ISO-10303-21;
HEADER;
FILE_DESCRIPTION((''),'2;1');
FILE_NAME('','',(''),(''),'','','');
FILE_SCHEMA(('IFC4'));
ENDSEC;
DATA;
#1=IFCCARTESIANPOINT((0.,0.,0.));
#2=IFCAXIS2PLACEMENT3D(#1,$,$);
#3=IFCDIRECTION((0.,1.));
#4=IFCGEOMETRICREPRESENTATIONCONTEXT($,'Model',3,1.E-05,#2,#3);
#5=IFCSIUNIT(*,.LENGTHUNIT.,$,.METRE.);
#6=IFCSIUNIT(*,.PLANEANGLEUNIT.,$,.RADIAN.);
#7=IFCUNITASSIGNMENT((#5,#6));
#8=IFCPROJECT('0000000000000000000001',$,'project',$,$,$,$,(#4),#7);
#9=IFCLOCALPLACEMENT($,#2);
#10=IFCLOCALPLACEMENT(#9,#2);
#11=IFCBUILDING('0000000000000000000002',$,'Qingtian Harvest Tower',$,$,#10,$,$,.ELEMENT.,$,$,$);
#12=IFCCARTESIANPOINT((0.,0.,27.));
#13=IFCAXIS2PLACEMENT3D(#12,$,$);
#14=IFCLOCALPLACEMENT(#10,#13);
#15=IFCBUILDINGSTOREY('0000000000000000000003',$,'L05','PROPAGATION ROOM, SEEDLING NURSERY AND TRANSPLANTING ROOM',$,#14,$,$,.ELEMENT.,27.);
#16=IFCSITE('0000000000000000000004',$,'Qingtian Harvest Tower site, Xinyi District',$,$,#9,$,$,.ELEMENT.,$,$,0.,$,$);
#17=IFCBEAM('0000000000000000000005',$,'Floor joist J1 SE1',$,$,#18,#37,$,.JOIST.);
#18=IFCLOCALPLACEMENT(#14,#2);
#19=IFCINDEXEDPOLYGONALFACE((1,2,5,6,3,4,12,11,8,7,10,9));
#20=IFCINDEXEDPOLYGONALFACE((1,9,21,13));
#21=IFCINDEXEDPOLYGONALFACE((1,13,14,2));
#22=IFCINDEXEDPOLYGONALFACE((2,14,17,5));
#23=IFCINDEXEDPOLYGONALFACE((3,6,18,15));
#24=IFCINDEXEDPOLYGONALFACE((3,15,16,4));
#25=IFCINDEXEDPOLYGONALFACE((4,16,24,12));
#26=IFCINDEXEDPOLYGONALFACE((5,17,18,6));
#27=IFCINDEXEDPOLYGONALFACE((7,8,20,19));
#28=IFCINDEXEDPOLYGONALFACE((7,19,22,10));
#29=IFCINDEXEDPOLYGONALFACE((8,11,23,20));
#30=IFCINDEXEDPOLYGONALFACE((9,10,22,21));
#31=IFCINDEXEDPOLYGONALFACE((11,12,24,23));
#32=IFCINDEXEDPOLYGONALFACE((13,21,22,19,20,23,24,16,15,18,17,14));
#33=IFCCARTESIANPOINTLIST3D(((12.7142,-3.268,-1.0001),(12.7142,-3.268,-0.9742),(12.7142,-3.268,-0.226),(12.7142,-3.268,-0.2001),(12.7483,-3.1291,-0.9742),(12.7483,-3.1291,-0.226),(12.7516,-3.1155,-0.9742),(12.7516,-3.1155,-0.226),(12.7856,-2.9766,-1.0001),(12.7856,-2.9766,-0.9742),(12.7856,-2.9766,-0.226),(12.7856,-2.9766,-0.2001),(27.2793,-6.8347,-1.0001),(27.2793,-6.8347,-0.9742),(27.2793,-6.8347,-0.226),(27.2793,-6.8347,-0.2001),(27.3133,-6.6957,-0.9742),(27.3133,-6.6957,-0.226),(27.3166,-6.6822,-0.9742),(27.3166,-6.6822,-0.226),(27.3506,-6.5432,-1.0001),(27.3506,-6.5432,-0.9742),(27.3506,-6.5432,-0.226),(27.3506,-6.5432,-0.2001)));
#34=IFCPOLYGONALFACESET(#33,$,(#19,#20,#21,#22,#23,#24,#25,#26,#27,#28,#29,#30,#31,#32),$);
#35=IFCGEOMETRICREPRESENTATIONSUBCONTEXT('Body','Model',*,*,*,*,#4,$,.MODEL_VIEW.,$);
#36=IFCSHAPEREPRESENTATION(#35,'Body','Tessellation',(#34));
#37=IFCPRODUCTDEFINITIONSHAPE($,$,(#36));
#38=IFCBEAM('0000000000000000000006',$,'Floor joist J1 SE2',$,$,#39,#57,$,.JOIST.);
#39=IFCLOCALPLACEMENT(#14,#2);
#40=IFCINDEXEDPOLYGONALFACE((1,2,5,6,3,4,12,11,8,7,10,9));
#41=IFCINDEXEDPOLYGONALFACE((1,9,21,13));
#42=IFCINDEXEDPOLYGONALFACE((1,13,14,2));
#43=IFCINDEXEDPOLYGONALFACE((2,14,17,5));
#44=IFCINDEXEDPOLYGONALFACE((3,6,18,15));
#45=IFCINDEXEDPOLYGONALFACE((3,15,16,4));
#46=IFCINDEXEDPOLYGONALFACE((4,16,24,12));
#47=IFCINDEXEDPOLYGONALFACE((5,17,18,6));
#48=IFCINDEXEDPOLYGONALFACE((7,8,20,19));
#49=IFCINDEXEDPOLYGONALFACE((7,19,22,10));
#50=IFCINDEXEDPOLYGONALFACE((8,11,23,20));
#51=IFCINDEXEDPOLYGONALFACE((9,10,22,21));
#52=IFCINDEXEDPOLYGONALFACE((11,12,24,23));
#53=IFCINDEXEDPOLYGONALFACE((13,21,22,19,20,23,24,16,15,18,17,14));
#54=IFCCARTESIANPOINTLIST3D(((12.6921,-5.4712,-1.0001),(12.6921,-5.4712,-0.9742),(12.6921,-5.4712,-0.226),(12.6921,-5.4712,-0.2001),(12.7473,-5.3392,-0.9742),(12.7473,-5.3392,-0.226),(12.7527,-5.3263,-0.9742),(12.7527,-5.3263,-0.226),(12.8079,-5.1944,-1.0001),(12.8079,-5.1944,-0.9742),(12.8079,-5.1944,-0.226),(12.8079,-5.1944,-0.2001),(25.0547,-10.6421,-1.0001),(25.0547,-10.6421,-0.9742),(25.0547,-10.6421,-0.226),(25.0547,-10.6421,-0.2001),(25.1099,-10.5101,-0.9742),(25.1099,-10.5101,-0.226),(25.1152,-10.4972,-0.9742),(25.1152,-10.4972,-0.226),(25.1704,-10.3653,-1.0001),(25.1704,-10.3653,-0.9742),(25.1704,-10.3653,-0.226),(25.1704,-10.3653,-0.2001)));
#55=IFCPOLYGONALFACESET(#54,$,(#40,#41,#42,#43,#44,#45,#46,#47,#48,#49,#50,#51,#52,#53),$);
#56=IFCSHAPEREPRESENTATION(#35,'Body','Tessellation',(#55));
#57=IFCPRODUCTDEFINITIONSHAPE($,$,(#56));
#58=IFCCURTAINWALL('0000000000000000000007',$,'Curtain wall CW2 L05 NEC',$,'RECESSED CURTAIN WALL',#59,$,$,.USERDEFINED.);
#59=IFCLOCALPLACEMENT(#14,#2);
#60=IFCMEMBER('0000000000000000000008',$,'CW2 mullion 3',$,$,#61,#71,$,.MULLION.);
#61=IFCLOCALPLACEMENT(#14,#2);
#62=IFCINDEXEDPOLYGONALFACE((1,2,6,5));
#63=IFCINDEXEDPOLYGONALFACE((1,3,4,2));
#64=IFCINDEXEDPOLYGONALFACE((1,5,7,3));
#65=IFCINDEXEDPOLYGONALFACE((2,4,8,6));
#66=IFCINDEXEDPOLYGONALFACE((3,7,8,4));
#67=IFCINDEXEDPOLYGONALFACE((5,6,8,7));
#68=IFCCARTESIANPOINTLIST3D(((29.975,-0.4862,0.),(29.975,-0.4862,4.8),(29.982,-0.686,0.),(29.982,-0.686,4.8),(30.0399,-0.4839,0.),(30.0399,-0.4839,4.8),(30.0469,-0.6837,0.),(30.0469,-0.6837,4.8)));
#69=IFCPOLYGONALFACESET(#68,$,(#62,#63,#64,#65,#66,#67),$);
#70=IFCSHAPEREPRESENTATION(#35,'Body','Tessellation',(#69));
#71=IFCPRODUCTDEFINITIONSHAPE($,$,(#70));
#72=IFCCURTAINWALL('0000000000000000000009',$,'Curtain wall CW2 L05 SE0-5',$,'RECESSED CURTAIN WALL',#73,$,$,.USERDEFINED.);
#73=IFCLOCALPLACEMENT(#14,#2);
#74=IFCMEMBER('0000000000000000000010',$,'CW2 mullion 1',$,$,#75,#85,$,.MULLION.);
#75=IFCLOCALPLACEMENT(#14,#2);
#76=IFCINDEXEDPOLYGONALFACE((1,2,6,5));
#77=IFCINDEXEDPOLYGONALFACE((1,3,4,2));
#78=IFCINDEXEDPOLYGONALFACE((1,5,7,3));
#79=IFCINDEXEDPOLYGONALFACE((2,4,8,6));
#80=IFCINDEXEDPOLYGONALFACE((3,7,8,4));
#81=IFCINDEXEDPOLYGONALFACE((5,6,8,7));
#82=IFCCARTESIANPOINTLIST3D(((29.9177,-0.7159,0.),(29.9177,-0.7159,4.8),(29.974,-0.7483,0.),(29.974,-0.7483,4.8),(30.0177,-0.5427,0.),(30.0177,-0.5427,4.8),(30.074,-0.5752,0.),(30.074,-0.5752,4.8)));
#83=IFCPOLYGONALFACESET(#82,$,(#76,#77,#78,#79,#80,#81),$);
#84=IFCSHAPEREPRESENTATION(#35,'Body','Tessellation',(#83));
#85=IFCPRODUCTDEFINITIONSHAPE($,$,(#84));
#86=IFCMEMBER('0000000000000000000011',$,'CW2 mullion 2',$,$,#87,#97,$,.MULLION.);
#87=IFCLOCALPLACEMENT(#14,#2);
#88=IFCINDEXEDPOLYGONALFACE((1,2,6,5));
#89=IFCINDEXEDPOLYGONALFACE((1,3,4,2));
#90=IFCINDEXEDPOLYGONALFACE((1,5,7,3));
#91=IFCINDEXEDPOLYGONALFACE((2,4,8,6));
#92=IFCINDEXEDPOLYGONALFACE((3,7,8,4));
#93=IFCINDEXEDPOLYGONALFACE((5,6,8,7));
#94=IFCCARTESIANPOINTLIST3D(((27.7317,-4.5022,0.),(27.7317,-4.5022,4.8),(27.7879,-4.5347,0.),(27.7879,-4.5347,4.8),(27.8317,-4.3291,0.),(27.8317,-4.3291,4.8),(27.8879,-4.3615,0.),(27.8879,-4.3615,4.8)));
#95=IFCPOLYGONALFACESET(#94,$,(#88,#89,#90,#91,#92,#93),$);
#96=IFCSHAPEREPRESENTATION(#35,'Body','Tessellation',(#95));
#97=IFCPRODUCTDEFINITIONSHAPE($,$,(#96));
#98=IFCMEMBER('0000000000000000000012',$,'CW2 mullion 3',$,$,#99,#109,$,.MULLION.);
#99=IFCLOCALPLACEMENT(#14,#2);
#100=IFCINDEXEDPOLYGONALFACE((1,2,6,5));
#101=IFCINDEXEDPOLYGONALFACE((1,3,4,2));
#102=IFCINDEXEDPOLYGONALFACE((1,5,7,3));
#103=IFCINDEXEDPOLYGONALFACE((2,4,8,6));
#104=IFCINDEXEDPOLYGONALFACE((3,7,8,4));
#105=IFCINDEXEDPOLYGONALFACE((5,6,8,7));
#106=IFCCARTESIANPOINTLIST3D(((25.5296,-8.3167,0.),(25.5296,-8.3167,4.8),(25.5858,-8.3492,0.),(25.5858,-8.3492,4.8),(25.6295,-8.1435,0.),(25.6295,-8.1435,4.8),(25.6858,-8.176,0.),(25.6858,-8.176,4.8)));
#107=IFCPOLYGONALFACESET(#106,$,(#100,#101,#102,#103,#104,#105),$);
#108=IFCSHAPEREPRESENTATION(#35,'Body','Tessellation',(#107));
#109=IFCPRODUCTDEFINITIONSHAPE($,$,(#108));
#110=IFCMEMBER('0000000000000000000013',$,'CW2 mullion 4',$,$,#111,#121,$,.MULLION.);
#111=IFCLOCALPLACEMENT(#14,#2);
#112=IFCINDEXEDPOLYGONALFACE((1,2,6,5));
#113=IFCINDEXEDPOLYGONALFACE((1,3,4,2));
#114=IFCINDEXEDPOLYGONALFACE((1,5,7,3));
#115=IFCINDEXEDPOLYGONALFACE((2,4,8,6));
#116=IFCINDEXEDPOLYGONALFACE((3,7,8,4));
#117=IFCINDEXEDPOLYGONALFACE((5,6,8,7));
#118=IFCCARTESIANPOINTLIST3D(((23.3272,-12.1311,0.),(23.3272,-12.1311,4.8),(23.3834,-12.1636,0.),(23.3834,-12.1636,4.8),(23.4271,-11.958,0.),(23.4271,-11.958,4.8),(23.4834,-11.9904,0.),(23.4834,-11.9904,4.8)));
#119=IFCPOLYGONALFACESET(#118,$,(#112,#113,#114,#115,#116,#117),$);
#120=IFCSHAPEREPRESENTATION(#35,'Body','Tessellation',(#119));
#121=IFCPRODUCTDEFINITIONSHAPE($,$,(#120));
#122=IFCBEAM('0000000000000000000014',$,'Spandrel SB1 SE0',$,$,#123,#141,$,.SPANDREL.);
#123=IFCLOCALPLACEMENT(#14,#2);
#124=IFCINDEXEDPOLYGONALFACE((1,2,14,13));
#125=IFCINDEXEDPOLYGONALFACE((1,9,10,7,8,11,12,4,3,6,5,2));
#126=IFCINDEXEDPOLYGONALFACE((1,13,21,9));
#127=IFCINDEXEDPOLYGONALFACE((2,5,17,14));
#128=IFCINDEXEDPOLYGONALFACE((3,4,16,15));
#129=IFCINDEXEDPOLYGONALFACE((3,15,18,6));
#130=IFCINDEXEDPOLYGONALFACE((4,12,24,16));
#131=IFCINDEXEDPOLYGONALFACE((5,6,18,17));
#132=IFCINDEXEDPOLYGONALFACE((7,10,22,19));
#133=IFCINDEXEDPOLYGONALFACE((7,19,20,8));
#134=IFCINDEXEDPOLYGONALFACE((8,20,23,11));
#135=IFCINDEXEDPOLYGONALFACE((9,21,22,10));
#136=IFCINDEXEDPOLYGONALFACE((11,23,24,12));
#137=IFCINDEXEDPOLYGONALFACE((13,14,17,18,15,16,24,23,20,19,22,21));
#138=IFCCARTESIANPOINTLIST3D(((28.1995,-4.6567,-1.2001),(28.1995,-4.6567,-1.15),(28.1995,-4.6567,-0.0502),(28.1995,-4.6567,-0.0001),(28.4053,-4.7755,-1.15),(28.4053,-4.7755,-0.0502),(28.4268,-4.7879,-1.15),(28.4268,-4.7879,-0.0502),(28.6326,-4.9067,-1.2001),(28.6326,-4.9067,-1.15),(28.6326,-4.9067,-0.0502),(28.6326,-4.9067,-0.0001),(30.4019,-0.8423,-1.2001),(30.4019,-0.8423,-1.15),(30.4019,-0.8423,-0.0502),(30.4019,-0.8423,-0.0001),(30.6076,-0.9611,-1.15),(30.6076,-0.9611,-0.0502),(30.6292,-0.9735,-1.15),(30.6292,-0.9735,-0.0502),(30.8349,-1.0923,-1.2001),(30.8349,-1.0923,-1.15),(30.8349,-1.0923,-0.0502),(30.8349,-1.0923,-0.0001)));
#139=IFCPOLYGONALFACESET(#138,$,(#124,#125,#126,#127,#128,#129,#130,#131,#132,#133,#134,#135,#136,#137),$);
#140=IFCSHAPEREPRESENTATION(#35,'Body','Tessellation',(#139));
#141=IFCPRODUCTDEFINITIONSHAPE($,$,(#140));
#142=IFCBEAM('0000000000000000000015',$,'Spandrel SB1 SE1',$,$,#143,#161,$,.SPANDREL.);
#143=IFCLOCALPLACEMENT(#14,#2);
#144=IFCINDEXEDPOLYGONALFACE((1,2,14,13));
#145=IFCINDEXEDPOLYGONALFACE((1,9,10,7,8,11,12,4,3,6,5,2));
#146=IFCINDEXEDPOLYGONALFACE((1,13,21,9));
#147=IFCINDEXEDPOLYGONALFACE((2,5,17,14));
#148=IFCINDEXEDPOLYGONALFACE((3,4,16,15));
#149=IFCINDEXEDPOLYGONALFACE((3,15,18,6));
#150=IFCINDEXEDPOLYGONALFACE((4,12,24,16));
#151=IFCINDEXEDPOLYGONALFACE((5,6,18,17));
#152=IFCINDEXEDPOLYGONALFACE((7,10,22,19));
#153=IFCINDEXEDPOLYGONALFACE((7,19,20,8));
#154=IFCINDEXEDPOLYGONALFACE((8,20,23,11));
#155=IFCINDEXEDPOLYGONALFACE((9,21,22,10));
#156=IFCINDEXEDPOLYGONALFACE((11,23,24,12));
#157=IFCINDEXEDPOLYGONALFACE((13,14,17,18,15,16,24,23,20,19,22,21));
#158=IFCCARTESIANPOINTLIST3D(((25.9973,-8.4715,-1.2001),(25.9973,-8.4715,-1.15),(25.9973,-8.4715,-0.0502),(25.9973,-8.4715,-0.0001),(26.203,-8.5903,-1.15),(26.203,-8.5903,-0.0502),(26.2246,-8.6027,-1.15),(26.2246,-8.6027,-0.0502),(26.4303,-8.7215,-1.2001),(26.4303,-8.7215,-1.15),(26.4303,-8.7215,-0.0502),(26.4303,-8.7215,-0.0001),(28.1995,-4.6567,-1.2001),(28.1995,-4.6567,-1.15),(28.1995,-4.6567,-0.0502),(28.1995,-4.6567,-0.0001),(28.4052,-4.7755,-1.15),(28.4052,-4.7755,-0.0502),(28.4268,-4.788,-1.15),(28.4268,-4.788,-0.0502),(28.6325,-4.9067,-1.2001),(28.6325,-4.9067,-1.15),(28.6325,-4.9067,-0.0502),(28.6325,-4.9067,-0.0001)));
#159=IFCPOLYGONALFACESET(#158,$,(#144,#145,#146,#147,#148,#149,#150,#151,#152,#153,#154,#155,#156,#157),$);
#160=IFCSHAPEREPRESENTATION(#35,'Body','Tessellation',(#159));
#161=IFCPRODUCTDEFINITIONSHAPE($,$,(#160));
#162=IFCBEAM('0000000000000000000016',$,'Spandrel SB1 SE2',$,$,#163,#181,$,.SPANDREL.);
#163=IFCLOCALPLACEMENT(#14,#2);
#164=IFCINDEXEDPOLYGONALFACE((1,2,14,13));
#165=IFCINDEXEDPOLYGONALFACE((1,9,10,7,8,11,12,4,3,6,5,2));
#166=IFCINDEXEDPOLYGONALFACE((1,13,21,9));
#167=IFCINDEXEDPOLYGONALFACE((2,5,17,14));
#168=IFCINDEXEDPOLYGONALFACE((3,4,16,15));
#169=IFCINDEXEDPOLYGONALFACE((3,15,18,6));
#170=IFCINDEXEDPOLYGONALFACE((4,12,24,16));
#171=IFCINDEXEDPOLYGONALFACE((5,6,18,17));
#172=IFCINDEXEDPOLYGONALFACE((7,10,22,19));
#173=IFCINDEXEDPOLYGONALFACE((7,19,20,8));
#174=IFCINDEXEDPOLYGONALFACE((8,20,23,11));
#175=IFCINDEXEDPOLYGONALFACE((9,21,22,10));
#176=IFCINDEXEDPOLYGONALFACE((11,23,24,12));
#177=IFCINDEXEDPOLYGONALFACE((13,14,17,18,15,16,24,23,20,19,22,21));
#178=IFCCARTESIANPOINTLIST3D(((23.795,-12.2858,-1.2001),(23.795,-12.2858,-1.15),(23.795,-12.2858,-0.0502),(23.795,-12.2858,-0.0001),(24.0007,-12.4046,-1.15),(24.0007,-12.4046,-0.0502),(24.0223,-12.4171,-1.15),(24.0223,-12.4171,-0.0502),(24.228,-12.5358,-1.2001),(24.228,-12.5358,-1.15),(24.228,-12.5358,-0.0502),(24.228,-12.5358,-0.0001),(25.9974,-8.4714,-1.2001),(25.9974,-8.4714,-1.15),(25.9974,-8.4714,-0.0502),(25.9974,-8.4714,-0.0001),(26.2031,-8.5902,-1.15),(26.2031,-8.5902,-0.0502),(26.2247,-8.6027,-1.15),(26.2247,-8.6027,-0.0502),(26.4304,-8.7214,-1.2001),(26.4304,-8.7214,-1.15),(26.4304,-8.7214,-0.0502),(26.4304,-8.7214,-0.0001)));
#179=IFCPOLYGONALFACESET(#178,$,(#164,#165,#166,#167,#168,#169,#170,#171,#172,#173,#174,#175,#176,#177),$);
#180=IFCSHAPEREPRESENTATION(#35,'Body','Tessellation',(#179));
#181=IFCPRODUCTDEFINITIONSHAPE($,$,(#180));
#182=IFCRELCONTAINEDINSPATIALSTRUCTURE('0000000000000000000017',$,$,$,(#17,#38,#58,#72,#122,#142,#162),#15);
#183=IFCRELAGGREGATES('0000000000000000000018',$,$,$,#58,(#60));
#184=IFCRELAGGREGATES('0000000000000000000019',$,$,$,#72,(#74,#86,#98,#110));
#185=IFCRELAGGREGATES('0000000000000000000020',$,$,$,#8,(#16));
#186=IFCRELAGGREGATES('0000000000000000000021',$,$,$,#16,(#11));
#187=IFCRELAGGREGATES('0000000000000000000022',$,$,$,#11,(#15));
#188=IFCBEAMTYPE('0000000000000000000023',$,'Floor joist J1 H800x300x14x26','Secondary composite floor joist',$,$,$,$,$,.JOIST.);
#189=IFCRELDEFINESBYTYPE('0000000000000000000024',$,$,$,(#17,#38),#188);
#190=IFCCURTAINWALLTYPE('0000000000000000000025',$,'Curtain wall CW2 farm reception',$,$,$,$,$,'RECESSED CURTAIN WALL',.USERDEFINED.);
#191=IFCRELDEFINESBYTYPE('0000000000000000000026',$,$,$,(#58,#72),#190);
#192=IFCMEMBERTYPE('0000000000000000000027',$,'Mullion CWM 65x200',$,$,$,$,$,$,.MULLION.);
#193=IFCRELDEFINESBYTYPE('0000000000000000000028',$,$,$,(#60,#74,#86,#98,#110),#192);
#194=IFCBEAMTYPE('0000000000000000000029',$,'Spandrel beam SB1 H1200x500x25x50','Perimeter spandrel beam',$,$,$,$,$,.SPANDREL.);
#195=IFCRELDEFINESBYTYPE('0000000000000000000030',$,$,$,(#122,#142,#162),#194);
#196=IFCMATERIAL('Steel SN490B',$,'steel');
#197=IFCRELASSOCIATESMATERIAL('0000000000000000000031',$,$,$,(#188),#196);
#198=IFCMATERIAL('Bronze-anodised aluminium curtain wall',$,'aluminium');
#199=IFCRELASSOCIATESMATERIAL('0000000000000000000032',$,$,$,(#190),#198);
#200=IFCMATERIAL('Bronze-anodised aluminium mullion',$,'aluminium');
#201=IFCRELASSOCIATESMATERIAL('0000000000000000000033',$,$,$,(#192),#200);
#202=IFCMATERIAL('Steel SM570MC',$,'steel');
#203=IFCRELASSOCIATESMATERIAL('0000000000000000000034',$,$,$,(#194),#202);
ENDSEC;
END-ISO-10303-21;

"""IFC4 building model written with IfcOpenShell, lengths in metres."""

from ifc_helpers import new_model, si_unit, direction, frame, origin, origin_2d, place, context, subcontext, project, spatial, rectangle, i_section, extrude, material, material_profile, profile_set, type_object, element, aggregate, save


model = new_model("IFC4")

# Units and contexts
model_context = context("Model", 3, precision=1e-05, world=origin(), true_north=direction((0.0, 1.0)))
body_context = subcontext(model_context, "Body", "Model", "MODEL_VIEW")
ifc_project = project(units=[si_unit("LENGTHUNIT", "METRE"), si_unit("PLANEANGLEUNIT", "RADIAN")], contexts=[model_context])

# Site, building, storey
site_placement = place(None, origin())
site = spatial("IfcSite", under=ifc_project, at=site_placement, Name="Qingtian Harvest Tower site, Xinyi District", CompositionType="ELEMENT", RefElevation=0.0)
building_placement = place(site_placement, origin())
building = spatial("IfcBuilding", under=site, at=building_placement, Name="Qingtian Harvest Tower", CompositionType="ELEMENT")
storey_placement = place(building_placement, frame((0.0, 0.0, 27.0)))
storey = spatial("IfcBuildingStorey", under=building, at=storey_placement, Name="L05", Description="PROPAGATION ROOM, SEEDLING NURSERY AND TRANSPLANTING ROOM", CompositionType="ELEMENT", Elevation=27.0)

# Beams
ifc_material_1 = material(Name="Steel SN490B", Category="steel")
ifc_material_profile_1 = material_profile(ifc_material_1, i_section(OverallWidth=0.3, OverallDepth=0.8, WebThickness=0.0139, FlangeThickness=0.0259, at=origin_2d()), Name="H800x300x14x26")
ifc_profile_set_1 = profile_set([ifc_material_profile_1], Name="Steel SN490B")
beam_type_1 = type_object("IfcBeamType", Name="Floor joist J1 H800x300x14x26", Description="Secondary composite floor joist", PredefinedType="JOIST", material=ifc_profile_set_1)
beam_1_placement = place(storey_placement, frame((27.3149, -6.689, -0.6001), z_axis=(-0.971302, 0.237851, 0.0), x_axis=(-0.237851, -0.971302, 0.0)))
element("IfcBeam", 1, at=beam_1_placement, inside=storey, type_object=beam_type_1, Name="Floor joist J1 SE1", PredefinedType="JOIST", context=body_context, shape_type="SweptSolid", body=[
    extrude(i_section(OverallWidth=0.3, OverallDepth=0.8, WebThickness=0.0139, FlangeThickness=0.0259, at=origin_2d()), origin(), (0.0, 0.0, 1.0), 14.9954),
])
beam_2_placement = place(storey_placement, frame((25.1125, -10.5037, -0.6001), z_axis=(-0.922551, 0.385876, 0.0), x_axis=(-0.385876, -0.922551, 0.0)))
element("IfcBeam", 2, at=beam_2_placement, inside=storey, type_object=beam_type_1, Name="Floor joist J1 SE2", PredefinedType="JOIST", context=body_context, shape_type="SweptSolid", body=[
    extrude(i_section(OverallWidth=0.3, OverallDepth=0.8, WebThickness=0.0139, FlangeThickness=0.0259, at=origin_2d()), origin(), (0.0, 0.0, 1.0), 13.4004),
])

# Curtain wall, member
ifc_material_2 = material(Name="Bronze-anodised aluminium curtain wall", Category="aluminium")
curtain_wall_type = type_object("IfcCurtainWallType", Name="Curtain wall CW2 farm reception", ElementType="RECESSED CURTAIN WALL", PredefinedType="USERDEFINED", material=ifc_material_2)
curtain_wall_1_placement = place(storey_placement, origin())
curtain_wall_1 = element("IfcCurtainWall", 3, at=curtain_wall_1_placement, inside=storey, type_object=curtain_wall_type, Name="Curtain wall CW2 L05 NEC", ObjectType="RECESSED CURTAIN WALL", PredefinedType="USERDEFINED")
ifc_material_3 = material(Name="Bronze-anodised aluminium mullion", Category="aluminium")
ifc_material_profile_2 = material_profile(ifc_material_3, rectangle(XDim=0.0649, YDim=0.2, at=origin_2d()), Name="AL 65x200")
ifc_profile_set_2 = profile_set([ifc_material_profile_2], Name="Bronze-anodised aluminium mullion")
member_type_1 = type_object("IfcMemberType", Name="Mullion CWM 65x200", PredefinedType="MULLION", material=ifc_profile_set_2)
member_1_placement = place(storey_placement, frame((30.011, -0.585, 0.0), z_axis=(0.0, 0.0, 1.0), x_axis=(0.999391, 0.034899, 0.0)))
member_1 = element("IfcMember", 4, at=member_1_placement, type_object=member_type_1, Name="CW2 mullion 3", PredefinedType="MULLION", context=body_context, shape_type="SweptSolid", body=[
    extrude(rectangle(XDim=0.0649, YDim=0.2, at=origin_2d()), origin(), (0.0, 0.0, 1.0), 4.8),
])
aggregate(curtain_wall_1, [member_1])

# Curtain wall, members
curtain_wall_2_placement = place(storey_placement, origin())
curtain_wall_2 = element("IfcCurtainWall", 5, at=curtain_wall_2_placement, inside=storey, type_object=curtain_wall_type, Name="Curtain wall CW2 L05 SE0-5", ObjectType="RECESSED CURTAIN WALL", PredefinedType="USERDEFINED")
member_2_placement = place(storey_placement, frame((29.9958, -0.6455, 0.0), z_axis=(0.0, 0.0, 1.0), x_axis=(0.866025, -0.5, 0.0)))
member_2 = element("IfcMember", 6, at=member_2_placement, type_object=member_type_1, Name="CW2 mullion 1", PredefinedType="MULLION", context=body_context, shape_type="SweptSolid", body=[
    extrude(rectangle(XDim=0.0649, YDim=0.2, at=origin_2d()), origin(), (0.0, 0.0, 1.0), 4.8),
])
member_3_placement = place(storey_placement, frame((27.8098, -4.4319, 0.0), z_axis=(0.0, 0.0, 1.0), x_axis=(0.866025, -0.5, 0.0)))
member_3 = element("IfcMember", 7, at=member_3_placement, type_object=member_type_1, Name="CW2 mullion 2", PredefinedType="MULLION", context=body_context, shape_type="SweptSolid", body=[
    extrude(rectangle(XDim=0.0649, YDim=0.2, at=origin_2d()), origin(), (0.0, 0.0, 1.0), 4.8),
])
member_4_placement = place(storey_placement, frame((25.6077, -8.2463, 0.0), z_axis=(0.0, 0.0, 1.0), x_axis=(0.866025, -0.5, 0.0)))
member_4 = element("IfcMember", 8, at=member_4_placement, type_object=member_type_1, Name="CW2 mullion 3", PredefinedType="MULLION", context=body_context, shape_type="SweptSolid", body=[
    extrude(rectangle(XDim=0.0649, YDim=0.2, at=origin_2d()), origin(), (0.0, 0.0, 1.0), 4.8),
])
member_5_placement = place(storey_placement, frame((23.4053, -12.0608, 0.0), z_axis=(0.0, 0.0, 1.0), x_axis=(0.866025, -0.5, 0.0)))
member_5 = element("IfcMember", 9, at=member_5_placement, type_object=member_type_1, Name="CW2 mullion 4", PredefinedType="MULLION", context=body_context, shape_type="SweptSolid", body=[
    extrude(rectangle(XDim=0.0649, YDim=0.2, at=origin_2d()), origin(), (0.0, 0.0, 1.0), 4.8),
])

# Beams
ifc_material_4 = material(Name="Steel SM570MC", Category="steel")
ifc_material_profile_3 = material_profile(ifc_material_4, i_section(OverallWidth=0.5, OverallDepth=1.2, WebThickness=0.0249, FlangeThickness=0.05, at=origin_2d()), Name="H1200x500x25x50")
ifc_profile_set_3 = profile_set([ifc_material_profile_3], Name="Steel SM570MC")
beam_type_2 = type_object("IfcBeamType", Name="Spandrel beam SB1 H1200x500x25x50", Description="Perimeter spandrel beam", PredefinedType="SPANDREL", material=ifc_profile_set_3)
beam_3_placement = place(storey_placement, frame((30.6184, -0.9673, -0.6001), z_axis=(-0.50002, -0.866014, 0.0), x_axis=(0.866014, -0.50002, 0.0)))
element("IfcBeam", 10, at=beam_3_placement, inside=storey, type_object=beam_type_2, Name="Spandrel SB1 SE0", PredefinedType="SPANDREL", context=body_context, shape_type="SweptSolid", body=[
    extrude(i_section(OverallWidth=0.5, OverallDepth=1.2, WebThickness=0.0249, FlangeThickness=0.05, at=origin_2d()), origin(), (0.0, 0.0, 1.0), 4.4045),
])
beam_4_placement = place(storey_placement, frame((28.416, -4.7817, -0.6001), z_axis=(-0.499954, -0.866052, 0.0), x_axis=(0.866052, -0.499954, 0.0)))
element("IfcBeam", 11, at=beam_4_placement, inside=storey, type_object=beam_type_2, Name="Spandrel SB1 SE1", PredefinedType="SPANDREL", context=body_context, shape_type="SweptSolid", body=[
    extrude(i_section(OverallWidth=0.5, OverallDepth=1.2, WebThickness=0.0249, FlangeThickness=0.05, at=origin_2d()), origin(), (0.0, 0.0, 1.0), 4.4048),
])
for number, where, z_axis, x_axis, name in (
    (12, (26.2139, -8.5964, -0.6001), (-0.50002, -0.866014, 0.0), (0.866014, -0.50002, 0.0), "Spandrel SB1 SE2"),
):
    element("IfcBeam", number, at=place(storey_placement, frame(where, z_axis=z_axis, x_axis=x_axis)), inside=storey, type_object=beam_type_2, Name=name, PredefinedType="SPANDREL", context=body_context, shape_type="SweptSolid", body=[
        extrude(i_section(OverallWidth=0.5, OverallDepth=1.2, WebThickness=0.0249, FlangeThickness=0.05, at=origin_2d()), origin(), (0.0, 0.0, 1.0), 4.4045),
    ])

aggregate(curtain_wall_2, [member_2, member_3, member_4, member_5])

save(model, "model.ifc")
